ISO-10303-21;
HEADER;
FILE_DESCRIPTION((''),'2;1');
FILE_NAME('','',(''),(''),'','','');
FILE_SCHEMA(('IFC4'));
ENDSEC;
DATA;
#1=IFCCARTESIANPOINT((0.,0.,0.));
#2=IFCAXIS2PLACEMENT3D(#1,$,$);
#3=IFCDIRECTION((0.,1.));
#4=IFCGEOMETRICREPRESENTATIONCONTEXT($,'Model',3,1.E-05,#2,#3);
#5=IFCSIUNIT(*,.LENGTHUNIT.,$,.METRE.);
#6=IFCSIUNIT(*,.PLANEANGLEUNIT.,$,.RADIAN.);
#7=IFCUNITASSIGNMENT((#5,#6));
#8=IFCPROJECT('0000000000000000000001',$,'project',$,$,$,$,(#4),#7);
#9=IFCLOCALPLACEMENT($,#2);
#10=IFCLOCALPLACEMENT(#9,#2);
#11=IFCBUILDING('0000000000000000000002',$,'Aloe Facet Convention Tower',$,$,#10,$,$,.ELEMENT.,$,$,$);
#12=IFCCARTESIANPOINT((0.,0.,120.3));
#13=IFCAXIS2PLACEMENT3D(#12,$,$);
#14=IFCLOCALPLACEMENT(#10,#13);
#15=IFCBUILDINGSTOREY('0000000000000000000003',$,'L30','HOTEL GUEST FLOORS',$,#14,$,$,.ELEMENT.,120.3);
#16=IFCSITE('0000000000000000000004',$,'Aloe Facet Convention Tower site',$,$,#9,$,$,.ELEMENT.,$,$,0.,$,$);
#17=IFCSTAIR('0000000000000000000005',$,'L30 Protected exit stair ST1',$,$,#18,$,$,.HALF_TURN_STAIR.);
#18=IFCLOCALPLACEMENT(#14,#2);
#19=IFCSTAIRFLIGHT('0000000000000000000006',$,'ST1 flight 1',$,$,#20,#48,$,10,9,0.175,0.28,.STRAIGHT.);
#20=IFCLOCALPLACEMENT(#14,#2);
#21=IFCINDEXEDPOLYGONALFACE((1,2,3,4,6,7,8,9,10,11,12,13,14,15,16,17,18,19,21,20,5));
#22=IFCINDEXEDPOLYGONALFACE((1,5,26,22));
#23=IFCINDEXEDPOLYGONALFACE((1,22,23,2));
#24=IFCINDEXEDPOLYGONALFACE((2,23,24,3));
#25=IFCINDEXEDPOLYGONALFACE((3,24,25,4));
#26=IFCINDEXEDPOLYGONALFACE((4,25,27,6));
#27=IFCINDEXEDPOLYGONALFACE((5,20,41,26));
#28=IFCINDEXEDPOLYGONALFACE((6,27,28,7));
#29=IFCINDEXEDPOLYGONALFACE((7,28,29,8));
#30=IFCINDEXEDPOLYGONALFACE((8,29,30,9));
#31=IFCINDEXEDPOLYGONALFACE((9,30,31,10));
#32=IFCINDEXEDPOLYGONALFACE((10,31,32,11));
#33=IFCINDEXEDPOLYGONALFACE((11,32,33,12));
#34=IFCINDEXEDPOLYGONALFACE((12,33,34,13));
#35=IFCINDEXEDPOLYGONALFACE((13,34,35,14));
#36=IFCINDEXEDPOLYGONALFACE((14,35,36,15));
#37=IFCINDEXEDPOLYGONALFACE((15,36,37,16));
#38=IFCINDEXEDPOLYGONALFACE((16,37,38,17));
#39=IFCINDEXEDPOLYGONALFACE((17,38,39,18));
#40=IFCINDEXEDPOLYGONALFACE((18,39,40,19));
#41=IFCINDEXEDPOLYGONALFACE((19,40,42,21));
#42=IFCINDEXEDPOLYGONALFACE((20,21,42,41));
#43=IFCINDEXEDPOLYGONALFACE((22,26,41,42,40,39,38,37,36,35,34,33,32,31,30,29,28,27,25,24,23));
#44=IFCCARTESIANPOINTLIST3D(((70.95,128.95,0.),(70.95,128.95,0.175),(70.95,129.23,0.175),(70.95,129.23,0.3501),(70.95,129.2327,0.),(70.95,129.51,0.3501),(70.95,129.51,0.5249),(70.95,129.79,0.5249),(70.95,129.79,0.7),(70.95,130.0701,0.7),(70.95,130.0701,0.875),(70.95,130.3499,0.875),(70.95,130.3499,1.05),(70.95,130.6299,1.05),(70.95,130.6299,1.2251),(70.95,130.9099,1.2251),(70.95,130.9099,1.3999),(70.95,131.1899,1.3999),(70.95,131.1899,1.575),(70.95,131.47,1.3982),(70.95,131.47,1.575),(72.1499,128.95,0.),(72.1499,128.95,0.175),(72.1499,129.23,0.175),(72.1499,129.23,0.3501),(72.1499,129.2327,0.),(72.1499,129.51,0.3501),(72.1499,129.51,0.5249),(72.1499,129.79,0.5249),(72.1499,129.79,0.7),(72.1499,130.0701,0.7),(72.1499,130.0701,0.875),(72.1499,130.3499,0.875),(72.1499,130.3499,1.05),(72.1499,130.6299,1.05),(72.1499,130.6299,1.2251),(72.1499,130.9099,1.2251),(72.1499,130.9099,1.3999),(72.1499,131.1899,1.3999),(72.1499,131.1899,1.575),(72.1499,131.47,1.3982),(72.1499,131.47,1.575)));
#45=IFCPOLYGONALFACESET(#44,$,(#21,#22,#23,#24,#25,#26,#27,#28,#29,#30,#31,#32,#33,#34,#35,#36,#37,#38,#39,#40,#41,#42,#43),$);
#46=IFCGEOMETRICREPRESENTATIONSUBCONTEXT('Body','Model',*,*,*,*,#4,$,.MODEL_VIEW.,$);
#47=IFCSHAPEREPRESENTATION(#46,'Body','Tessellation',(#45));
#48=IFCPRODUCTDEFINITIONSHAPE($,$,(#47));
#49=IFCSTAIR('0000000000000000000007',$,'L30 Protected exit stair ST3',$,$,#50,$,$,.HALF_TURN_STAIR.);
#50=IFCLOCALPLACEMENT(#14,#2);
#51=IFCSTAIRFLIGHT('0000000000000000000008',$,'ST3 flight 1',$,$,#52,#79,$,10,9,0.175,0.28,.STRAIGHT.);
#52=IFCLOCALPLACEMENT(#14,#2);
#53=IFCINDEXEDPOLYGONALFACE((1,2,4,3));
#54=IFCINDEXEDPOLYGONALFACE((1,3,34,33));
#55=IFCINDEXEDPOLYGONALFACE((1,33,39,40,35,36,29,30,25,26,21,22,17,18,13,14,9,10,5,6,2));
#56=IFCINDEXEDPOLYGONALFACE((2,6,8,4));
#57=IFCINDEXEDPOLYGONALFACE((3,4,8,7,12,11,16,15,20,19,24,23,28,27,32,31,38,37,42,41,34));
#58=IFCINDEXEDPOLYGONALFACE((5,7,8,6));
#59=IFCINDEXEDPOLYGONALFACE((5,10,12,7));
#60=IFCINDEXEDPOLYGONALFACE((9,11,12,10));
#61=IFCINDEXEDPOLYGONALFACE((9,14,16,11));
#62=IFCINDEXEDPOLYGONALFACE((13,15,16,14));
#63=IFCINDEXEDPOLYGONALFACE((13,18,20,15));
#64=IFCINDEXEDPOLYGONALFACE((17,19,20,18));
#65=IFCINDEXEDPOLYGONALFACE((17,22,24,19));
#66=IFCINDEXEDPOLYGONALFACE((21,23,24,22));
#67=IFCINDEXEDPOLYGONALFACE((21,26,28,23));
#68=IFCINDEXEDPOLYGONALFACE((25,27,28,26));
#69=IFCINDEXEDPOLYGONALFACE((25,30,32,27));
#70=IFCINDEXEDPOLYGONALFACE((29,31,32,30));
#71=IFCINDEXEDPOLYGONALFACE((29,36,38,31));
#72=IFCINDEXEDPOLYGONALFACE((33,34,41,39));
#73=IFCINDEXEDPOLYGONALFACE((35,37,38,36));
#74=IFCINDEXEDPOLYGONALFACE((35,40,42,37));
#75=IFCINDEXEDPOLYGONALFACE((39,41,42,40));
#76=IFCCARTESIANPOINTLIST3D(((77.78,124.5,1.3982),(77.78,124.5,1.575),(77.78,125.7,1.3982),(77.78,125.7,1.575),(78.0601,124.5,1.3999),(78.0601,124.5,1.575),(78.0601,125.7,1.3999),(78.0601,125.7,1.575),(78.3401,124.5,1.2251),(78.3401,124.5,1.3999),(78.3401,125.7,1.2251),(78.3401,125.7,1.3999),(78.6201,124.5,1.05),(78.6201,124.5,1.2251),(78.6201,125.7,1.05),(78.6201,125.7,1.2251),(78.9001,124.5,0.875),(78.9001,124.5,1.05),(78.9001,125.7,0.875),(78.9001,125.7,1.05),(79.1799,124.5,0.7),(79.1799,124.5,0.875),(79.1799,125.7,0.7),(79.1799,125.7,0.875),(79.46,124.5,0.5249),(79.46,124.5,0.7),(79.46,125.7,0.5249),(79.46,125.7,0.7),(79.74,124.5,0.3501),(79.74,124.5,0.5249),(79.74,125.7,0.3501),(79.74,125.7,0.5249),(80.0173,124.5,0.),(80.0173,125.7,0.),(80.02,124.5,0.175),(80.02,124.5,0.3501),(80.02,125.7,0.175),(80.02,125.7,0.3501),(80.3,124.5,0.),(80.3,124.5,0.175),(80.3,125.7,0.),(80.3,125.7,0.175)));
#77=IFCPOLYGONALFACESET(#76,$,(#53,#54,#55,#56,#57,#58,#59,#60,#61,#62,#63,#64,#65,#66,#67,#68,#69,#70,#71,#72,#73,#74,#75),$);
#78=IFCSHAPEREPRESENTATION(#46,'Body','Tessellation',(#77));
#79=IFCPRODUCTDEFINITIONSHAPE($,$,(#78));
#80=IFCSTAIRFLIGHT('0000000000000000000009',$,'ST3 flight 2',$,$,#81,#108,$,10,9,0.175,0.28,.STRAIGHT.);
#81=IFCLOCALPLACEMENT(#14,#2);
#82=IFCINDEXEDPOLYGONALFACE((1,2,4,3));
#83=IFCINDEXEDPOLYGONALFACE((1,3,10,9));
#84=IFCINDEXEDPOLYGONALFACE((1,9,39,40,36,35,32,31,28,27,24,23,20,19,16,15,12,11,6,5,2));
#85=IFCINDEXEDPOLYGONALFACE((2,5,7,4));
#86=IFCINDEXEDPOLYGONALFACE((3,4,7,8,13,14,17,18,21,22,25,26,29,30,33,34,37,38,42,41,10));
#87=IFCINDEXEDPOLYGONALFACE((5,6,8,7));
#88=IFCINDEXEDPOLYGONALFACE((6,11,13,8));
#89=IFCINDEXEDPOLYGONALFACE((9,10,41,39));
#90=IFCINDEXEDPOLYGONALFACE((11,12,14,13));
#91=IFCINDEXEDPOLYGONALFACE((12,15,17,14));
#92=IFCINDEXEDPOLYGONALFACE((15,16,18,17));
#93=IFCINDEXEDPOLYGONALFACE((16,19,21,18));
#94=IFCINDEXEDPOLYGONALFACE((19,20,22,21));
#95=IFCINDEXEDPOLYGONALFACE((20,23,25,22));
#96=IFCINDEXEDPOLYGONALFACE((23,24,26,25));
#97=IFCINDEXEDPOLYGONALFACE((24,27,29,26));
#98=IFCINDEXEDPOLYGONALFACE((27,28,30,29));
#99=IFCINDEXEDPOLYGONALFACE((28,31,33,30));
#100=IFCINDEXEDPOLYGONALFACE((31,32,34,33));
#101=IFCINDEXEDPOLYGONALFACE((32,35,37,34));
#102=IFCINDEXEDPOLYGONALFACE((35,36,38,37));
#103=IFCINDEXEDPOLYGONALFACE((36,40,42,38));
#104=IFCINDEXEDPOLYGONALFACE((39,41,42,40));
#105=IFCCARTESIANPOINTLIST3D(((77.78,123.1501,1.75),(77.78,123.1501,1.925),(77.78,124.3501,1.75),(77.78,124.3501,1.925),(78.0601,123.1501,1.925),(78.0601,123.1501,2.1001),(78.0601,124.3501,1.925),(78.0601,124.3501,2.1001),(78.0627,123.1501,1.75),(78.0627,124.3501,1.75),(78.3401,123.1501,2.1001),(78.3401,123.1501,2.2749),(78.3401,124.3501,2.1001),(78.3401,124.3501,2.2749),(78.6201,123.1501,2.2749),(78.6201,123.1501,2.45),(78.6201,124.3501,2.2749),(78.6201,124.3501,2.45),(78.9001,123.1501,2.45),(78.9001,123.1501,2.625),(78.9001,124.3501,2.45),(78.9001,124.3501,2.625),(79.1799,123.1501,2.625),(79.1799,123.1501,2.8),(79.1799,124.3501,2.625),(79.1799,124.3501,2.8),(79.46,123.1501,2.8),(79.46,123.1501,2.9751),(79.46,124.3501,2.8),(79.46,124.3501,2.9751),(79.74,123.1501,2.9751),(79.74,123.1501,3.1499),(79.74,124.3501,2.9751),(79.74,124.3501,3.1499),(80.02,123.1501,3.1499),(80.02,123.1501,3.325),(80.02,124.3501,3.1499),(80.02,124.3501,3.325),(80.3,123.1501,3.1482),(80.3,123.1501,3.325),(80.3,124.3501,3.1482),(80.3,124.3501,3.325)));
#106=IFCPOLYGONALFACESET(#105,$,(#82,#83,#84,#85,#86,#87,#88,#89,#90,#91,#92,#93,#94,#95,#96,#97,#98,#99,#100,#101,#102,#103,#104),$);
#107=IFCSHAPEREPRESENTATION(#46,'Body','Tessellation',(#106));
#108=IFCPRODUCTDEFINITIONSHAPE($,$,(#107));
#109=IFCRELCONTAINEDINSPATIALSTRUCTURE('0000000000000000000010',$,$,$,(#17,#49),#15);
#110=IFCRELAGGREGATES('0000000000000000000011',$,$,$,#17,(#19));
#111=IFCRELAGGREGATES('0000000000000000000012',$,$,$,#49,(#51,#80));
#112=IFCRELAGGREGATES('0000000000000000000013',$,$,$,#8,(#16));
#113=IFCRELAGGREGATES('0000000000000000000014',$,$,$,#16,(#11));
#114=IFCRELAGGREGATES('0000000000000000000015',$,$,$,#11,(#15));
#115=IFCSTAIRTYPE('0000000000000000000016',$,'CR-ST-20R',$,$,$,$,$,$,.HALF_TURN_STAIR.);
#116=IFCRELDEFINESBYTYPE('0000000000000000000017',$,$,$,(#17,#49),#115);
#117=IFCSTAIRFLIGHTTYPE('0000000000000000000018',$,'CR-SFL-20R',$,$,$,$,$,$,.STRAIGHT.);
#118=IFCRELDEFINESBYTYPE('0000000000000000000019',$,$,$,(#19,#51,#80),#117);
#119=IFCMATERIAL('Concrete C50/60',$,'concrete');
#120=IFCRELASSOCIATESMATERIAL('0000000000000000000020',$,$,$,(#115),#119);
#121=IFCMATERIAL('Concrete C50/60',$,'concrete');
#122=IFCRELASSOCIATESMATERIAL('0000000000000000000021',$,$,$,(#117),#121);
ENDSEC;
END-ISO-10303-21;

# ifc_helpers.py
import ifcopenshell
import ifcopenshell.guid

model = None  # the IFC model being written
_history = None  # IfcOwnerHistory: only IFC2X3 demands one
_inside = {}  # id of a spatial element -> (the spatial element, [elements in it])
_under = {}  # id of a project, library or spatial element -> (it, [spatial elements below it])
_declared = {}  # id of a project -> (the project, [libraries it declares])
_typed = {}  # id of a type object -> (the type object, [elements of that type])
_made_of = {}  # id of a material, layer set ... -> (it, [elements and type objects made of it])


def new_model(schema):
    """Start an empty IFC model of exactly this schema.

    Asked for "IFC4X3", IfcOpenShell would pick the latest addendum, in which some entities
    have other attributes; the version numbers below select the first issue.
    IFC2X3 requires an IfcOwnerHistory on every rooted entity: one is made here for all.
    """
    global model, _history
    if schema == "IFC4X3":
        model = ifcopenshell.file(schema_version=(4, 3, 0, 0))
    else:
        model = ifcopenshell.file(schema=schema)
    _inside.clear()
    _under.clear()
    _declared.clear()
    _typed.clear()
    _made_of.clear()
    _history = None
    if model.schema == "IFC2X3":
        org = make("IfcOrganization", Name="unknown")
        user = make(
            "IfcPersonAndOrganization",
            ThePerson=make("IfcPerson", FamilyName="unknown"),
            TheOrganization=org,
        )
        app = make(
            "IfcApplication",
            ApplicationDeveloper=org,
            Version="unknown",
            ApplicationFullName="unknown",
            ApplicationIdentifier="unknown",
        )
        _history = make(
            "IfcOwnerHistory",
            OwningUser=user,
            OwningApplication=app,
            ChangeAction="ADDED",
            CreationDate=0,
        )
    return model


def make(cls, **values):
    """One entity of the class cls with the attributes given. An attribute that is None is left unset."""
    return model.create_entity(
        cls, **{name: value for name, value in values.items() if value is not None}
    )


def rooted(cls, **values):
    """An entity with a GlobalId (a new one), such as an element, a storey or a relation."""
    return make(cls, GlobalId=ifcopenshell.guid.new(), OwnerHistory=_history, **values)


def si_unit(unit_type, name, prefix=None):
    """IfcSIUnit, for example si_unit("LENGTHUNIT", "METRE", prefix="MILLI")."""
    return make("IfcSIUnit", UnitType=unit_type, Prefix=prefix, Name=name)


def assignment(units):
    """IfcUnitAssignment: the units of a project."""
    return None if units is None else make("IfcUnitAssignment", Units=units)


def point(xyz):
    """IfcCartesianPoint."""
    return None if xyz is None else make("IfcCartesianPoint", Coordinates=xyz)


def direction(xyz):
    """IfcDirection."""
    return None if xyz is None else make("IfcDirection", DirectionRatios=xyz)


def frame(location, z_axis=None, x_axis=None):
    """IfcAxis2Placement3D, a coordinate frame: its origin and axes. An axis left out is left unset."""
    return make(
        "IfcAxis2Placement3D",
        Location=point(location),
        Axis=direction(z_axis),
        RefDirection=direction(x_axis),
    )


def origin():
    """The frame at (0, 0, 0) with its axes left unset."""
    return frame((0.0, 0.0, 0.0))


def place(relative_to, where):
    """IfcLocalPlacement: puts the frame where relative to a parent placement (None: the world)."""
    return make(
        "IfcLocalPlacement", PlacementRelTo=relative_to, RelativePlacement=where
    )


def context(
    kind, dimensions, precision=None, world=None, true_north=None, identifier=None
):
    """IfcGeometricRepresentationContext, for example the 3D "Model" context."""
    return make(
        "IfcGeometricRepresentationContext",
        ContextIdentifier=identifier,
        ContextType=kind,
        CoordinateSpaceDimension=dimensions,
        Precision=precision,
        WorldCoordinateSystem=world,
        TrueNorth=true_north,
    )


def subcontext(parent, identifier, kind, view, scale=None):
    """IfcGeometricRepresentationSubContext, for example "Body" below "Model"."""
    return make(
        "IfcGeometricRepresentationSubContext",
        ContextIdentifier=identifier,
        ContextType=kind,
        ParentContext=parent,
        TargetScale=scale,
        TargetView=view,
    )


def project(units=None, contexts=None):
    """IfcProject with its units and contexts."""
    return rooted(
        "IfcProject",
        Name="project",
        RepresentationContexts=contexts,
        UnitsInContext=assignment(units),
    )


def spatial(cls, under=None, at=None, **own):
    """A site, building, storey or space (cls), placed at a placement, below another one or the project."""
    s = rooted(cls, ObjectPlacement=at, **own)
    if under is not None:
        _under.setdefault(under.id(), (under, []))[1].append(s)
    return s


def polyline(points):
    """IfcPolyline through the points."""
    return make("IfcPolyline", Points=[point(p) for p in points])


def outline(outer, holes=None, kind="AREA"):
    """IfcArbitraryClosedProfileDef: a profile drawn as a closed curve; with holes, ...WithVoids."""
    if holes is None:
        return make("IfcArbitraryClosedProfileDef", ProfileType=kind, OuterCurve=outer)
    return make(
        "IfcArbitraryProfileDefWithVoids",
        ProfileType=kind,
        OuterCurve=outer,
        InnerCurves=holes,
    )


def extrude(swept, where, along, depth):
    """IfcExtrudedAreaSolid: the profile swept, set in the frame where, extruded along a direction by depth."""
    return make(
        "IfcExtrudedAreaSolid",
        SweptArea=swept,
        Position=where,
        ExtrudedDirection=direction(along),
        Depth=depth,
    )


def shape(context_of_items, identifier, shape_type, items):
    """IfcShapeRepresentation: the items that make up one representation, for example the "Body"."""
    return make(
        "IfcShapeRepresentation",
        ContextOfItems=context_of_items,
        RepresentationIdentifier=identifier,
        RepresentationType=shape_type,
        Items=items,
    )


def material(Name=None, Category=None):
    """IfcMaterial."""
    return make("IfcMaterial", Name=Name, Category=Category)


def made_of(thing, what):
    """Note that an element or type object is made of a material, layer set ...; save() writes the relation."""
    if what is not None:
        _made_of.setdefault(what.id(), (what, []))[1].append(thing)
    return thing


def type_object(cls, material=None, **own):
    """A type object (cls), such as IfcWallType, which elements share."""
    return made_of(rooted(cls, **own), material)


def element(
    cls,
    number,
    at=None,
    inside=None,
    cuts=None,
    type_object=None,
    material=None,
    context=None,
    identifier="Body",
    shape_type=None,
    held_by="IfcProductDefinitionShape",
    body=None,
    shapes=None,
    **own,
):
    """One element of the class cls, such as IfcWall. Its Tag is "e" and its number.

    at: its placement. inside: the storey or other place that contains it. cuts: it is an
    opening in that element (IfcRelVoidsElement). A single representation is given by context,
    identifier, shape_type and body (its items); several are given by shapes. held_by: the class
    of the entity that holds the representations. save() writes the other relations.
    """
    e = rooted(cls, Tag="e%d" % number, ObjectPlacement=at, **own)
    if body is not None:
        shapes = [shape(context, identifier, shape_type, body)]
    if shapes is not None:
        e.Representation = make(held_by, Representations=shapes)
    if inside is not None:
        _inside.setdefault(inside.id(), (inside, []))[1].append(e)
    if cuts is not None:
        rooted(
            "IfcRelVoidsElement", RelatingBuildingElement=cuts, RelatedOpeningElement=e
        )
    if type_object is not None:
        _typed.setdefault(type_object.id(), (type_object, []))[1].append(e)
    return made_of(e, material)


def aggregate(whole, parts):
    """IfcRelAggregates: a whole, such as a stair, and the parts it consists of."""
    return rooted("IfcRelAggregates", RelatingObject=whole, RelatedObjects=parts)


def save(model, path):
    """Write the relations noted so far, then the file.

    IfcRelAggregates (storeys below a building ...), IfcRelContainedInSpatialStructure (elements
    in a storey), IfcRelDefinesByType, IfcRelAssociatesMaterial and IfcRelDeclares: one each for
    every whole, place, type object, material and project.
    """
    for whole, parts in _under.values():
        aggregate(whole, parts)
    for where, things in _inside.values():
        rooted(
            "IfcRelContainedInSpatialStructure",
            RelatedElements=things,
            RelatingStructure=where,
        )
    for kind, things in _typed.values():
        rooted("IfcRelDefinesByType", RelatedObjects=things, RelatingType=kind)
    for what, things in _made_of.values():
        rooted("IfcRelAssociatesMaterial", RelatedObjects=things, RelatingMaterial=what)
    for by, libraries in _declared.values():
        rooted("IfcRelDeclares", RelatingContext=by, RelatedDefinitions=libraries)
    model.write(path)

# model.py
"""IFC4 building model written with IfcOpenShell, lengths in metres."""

from ifc_helpers import new_model, si_unit, direction, frame, origin, place, context, subcontext, project, spatial, polyline, outline, extrude, material, type_object, element, aggregate, save


model = new_model("IFC4")

# Units and contexts
model_context = context("Model", 3, precision=1e-05, world=origin(), true_north=direction((0.0, 1.0)))
body_context = subcontext(model_context, "Body", "Model", "MODEL_VIEW")
ifc_project = project(units=[si_unit("LENGTHUNIT", "METRE"), si_unit("PLANEANGLEUNIT", "RADIAN")], contexts=[model_context])

# Site, building, storey
site_placement = place(None, origin())
site = spatial("IfcSite", under=ifc_project, at=site_placement, Name="Aloe Facet Convention Tower site", CompositionType="ELEMENT", RefElevation=0.0)
building_placement = place(site_placement, origin())
building = spatial("IfcBuilding", under=site, at=building_placement, Name="Aloe Facet Convention Tower", CompositionType="ELEMENT")
storey_placement = place(building_placement, frame((0.0, 0.0, 120.3)))
storey = spatial("IfcBuildingStorey", under=building, at=storey_placement, Name="L30", Description="HOTEL GUEST FLOORS", CompositionType="ELEMENT", Elevation=120.3)

# Stair, stair flight
ifc_material_1 = material(Name="Concrete C50/60", Category="concrete")
stair_type = type_object("IfcStairType", Name="CR-ST-20R", PredefinedType="HALF_TURN_STAIR", material=ifc_material_1)
stair_1_placement = place(storey_placement, origin())
stair_1 = element("IfcStair", 1, at=stair_1_placement, inside=storey, type_object=stair_type, Name="L30 Protected exit stair ST1", PredefinedType="HALF_TURN_STAIR")
ifc_material_2 = material(Name="Concrete C50/60", Category="concrete")
stair_flight_type = type_object("IfcStairFlightType", Name="CR-SFL-20R", PredefinedType="STRAIGHT", material=ifc_material_2)
stair_flight_1_placement = place(storey_placement, frame((71.55, 128.95, 0.0), z_axis=(0.0, 0.0, 1.0), x_axis=(0.0, 1.0, 0.0)))
stair_flight_1 = element("IfcStairFlight", 2, at=stair_flight_1_placement, type_object=stair_flight_type, Name="ST1 flight 1", NumberOfRisers=10, NumberOfTreads=9, PredefinedType="STRAIGHT", RiserHeight=0.175, TreadLength=0.28, context=body_context, shape_type="SweptSolid", body=[
    extrude(outline(polyline([(0.0, 0.0), (0.0, 0.175), (0.28, 0.175), (0.28, 0.3501), (0.5601, 0.3501), (0.5601, 0.5249), (0.8401, 0.5249), (0.8401, 0.7), (1.1201, 0.7), (1.1201, 0.875), (1.3999, 0.875), (1.3999, 1.05), (1.6799, 1.05), (1.6799, 1.2251), (1.96, 1.2251), (1.96, 1.3999), (2.24, 1.3999), (2.24, 1.575), (2.52, 1.575), (2.52, 1.75), (2.52, 1.3982), (0.2827, 0.0), (0.0, 0.0)])), frame((0.0, 0.6001, 0.0), z_axis=(0.0, -1.0, 0.0), x_axis=(1.0, 0.0, 0.0)), (0.0, 0.0, 1.0), 1.2),
])
aggregate(stair_1, [stair_flight_1])

# Stair, stair flights
stair_2_placement = place(storey_placement, origin())
stair_2 = element("IfcStair", 3, at=stair_2_placement, inside=storey, type_object=stair_type, Name="L30 Protected exit stair ST3", PredefinedType="HALF_TURN_STAIR")
stair_flight_2_placement = place(storey_placement, frame((80.3, 125.1001, 0.0), z_axis=(0.0, 0.0, 1.0), x_axis=(-1.0, 0.0, 0.0)))
stair_flight_2 = element("IfcStairFlight", 4, at=stair_flight_2_placement, type_object=stair_flight_type, Name="ST3 flight 1", NumberOfRisers=10, NumberOfTreads=9, PredefinedType="STRAIGHT", RiserHeight=0.175, TreadLength=0.28, context=body_context, shape_type="SweptSolid", body=[
    extrude(outline(polyline([(0.0, 0.0), (0.0, 0.175), (0.28, 0.175), (0.28, 0.3501), (0.5601, 0.3501), (0.5601, 0.5249), (0.8401, 0.5249), (0.8401, 0.7), (1.1201, 0.7), (1.1201, 0.875), (1.3999, 0.875), (1.3999, 1.05), (1.6799, 1.05), (1.6799, 1.2251), (1.96, 1.2251), (1.96, 1.3999), (2.24, 1.3999), (2.24, 1.575), (2.52, 1.575), (2.52, 1.75), (2.52, 1.3982), (0.2827, 0.0), (0.0, 0.0)])), frame((0.0, 0.6001, 0.0), z_axis=(0.0, -1.0, 0.0), x_axis=(1.0, 0.0, 0.0)), (0.0, 0.0, 1.0), 1.2),
])
stair_flight_3_placement = place(storey_placement, frame((77.78, 123.75, 1.75), z_axis=(0.0, 0.0, 1.0), x_axis=(1.0, 0.0, 0.0)))
stair_flight_3 = element("IfcStairFlight", 5, at=stair_flight_3_placement, type_object=stair_flight_type, Name="ST3 flight 2", NumberOfRisers=10, NumberOfTreads=9, PredefinedType="STRAIGHT", RiserHeight=0.175, TreadLength=0.28, context=body_context, shape_type="SweptSolid", body=[
    extrude(outline(polyline([(0.0, 0.0), (0.0, 0.175), (0.28, 0.175), (0.28, 0.3501), (0.5601, 0.3501), (0.5601, 0.5249), (0.8401, 0.5249), (0.8401, 0.7), (1.1201, 0.7), (1.1201, 0.875), (1.3999, 0.875), (1.3999, 1.05), (1.6799, 1.05), (1.6799, 1.2251), (1.96, 1.2251), (1.96, 1.3999), (2.24, 1.3999), (2.24, 1.575), (2.52, 1.575), (2.52, 1.75), (2.52, 1.3982), (0.2827, 0.0), (0.0, 0.0)])), frame((0.0, 0.6001, 0.0), z_axis=(0.0, -1.0, 0.0), x_axis=(1.0, 0.0, 0.0)), (0.0, 0.0, 1.0), 1.2),
])
aggregate(stair_2, [stair_flight_2, stair_flight_3])

save(model, "model.ifc")
